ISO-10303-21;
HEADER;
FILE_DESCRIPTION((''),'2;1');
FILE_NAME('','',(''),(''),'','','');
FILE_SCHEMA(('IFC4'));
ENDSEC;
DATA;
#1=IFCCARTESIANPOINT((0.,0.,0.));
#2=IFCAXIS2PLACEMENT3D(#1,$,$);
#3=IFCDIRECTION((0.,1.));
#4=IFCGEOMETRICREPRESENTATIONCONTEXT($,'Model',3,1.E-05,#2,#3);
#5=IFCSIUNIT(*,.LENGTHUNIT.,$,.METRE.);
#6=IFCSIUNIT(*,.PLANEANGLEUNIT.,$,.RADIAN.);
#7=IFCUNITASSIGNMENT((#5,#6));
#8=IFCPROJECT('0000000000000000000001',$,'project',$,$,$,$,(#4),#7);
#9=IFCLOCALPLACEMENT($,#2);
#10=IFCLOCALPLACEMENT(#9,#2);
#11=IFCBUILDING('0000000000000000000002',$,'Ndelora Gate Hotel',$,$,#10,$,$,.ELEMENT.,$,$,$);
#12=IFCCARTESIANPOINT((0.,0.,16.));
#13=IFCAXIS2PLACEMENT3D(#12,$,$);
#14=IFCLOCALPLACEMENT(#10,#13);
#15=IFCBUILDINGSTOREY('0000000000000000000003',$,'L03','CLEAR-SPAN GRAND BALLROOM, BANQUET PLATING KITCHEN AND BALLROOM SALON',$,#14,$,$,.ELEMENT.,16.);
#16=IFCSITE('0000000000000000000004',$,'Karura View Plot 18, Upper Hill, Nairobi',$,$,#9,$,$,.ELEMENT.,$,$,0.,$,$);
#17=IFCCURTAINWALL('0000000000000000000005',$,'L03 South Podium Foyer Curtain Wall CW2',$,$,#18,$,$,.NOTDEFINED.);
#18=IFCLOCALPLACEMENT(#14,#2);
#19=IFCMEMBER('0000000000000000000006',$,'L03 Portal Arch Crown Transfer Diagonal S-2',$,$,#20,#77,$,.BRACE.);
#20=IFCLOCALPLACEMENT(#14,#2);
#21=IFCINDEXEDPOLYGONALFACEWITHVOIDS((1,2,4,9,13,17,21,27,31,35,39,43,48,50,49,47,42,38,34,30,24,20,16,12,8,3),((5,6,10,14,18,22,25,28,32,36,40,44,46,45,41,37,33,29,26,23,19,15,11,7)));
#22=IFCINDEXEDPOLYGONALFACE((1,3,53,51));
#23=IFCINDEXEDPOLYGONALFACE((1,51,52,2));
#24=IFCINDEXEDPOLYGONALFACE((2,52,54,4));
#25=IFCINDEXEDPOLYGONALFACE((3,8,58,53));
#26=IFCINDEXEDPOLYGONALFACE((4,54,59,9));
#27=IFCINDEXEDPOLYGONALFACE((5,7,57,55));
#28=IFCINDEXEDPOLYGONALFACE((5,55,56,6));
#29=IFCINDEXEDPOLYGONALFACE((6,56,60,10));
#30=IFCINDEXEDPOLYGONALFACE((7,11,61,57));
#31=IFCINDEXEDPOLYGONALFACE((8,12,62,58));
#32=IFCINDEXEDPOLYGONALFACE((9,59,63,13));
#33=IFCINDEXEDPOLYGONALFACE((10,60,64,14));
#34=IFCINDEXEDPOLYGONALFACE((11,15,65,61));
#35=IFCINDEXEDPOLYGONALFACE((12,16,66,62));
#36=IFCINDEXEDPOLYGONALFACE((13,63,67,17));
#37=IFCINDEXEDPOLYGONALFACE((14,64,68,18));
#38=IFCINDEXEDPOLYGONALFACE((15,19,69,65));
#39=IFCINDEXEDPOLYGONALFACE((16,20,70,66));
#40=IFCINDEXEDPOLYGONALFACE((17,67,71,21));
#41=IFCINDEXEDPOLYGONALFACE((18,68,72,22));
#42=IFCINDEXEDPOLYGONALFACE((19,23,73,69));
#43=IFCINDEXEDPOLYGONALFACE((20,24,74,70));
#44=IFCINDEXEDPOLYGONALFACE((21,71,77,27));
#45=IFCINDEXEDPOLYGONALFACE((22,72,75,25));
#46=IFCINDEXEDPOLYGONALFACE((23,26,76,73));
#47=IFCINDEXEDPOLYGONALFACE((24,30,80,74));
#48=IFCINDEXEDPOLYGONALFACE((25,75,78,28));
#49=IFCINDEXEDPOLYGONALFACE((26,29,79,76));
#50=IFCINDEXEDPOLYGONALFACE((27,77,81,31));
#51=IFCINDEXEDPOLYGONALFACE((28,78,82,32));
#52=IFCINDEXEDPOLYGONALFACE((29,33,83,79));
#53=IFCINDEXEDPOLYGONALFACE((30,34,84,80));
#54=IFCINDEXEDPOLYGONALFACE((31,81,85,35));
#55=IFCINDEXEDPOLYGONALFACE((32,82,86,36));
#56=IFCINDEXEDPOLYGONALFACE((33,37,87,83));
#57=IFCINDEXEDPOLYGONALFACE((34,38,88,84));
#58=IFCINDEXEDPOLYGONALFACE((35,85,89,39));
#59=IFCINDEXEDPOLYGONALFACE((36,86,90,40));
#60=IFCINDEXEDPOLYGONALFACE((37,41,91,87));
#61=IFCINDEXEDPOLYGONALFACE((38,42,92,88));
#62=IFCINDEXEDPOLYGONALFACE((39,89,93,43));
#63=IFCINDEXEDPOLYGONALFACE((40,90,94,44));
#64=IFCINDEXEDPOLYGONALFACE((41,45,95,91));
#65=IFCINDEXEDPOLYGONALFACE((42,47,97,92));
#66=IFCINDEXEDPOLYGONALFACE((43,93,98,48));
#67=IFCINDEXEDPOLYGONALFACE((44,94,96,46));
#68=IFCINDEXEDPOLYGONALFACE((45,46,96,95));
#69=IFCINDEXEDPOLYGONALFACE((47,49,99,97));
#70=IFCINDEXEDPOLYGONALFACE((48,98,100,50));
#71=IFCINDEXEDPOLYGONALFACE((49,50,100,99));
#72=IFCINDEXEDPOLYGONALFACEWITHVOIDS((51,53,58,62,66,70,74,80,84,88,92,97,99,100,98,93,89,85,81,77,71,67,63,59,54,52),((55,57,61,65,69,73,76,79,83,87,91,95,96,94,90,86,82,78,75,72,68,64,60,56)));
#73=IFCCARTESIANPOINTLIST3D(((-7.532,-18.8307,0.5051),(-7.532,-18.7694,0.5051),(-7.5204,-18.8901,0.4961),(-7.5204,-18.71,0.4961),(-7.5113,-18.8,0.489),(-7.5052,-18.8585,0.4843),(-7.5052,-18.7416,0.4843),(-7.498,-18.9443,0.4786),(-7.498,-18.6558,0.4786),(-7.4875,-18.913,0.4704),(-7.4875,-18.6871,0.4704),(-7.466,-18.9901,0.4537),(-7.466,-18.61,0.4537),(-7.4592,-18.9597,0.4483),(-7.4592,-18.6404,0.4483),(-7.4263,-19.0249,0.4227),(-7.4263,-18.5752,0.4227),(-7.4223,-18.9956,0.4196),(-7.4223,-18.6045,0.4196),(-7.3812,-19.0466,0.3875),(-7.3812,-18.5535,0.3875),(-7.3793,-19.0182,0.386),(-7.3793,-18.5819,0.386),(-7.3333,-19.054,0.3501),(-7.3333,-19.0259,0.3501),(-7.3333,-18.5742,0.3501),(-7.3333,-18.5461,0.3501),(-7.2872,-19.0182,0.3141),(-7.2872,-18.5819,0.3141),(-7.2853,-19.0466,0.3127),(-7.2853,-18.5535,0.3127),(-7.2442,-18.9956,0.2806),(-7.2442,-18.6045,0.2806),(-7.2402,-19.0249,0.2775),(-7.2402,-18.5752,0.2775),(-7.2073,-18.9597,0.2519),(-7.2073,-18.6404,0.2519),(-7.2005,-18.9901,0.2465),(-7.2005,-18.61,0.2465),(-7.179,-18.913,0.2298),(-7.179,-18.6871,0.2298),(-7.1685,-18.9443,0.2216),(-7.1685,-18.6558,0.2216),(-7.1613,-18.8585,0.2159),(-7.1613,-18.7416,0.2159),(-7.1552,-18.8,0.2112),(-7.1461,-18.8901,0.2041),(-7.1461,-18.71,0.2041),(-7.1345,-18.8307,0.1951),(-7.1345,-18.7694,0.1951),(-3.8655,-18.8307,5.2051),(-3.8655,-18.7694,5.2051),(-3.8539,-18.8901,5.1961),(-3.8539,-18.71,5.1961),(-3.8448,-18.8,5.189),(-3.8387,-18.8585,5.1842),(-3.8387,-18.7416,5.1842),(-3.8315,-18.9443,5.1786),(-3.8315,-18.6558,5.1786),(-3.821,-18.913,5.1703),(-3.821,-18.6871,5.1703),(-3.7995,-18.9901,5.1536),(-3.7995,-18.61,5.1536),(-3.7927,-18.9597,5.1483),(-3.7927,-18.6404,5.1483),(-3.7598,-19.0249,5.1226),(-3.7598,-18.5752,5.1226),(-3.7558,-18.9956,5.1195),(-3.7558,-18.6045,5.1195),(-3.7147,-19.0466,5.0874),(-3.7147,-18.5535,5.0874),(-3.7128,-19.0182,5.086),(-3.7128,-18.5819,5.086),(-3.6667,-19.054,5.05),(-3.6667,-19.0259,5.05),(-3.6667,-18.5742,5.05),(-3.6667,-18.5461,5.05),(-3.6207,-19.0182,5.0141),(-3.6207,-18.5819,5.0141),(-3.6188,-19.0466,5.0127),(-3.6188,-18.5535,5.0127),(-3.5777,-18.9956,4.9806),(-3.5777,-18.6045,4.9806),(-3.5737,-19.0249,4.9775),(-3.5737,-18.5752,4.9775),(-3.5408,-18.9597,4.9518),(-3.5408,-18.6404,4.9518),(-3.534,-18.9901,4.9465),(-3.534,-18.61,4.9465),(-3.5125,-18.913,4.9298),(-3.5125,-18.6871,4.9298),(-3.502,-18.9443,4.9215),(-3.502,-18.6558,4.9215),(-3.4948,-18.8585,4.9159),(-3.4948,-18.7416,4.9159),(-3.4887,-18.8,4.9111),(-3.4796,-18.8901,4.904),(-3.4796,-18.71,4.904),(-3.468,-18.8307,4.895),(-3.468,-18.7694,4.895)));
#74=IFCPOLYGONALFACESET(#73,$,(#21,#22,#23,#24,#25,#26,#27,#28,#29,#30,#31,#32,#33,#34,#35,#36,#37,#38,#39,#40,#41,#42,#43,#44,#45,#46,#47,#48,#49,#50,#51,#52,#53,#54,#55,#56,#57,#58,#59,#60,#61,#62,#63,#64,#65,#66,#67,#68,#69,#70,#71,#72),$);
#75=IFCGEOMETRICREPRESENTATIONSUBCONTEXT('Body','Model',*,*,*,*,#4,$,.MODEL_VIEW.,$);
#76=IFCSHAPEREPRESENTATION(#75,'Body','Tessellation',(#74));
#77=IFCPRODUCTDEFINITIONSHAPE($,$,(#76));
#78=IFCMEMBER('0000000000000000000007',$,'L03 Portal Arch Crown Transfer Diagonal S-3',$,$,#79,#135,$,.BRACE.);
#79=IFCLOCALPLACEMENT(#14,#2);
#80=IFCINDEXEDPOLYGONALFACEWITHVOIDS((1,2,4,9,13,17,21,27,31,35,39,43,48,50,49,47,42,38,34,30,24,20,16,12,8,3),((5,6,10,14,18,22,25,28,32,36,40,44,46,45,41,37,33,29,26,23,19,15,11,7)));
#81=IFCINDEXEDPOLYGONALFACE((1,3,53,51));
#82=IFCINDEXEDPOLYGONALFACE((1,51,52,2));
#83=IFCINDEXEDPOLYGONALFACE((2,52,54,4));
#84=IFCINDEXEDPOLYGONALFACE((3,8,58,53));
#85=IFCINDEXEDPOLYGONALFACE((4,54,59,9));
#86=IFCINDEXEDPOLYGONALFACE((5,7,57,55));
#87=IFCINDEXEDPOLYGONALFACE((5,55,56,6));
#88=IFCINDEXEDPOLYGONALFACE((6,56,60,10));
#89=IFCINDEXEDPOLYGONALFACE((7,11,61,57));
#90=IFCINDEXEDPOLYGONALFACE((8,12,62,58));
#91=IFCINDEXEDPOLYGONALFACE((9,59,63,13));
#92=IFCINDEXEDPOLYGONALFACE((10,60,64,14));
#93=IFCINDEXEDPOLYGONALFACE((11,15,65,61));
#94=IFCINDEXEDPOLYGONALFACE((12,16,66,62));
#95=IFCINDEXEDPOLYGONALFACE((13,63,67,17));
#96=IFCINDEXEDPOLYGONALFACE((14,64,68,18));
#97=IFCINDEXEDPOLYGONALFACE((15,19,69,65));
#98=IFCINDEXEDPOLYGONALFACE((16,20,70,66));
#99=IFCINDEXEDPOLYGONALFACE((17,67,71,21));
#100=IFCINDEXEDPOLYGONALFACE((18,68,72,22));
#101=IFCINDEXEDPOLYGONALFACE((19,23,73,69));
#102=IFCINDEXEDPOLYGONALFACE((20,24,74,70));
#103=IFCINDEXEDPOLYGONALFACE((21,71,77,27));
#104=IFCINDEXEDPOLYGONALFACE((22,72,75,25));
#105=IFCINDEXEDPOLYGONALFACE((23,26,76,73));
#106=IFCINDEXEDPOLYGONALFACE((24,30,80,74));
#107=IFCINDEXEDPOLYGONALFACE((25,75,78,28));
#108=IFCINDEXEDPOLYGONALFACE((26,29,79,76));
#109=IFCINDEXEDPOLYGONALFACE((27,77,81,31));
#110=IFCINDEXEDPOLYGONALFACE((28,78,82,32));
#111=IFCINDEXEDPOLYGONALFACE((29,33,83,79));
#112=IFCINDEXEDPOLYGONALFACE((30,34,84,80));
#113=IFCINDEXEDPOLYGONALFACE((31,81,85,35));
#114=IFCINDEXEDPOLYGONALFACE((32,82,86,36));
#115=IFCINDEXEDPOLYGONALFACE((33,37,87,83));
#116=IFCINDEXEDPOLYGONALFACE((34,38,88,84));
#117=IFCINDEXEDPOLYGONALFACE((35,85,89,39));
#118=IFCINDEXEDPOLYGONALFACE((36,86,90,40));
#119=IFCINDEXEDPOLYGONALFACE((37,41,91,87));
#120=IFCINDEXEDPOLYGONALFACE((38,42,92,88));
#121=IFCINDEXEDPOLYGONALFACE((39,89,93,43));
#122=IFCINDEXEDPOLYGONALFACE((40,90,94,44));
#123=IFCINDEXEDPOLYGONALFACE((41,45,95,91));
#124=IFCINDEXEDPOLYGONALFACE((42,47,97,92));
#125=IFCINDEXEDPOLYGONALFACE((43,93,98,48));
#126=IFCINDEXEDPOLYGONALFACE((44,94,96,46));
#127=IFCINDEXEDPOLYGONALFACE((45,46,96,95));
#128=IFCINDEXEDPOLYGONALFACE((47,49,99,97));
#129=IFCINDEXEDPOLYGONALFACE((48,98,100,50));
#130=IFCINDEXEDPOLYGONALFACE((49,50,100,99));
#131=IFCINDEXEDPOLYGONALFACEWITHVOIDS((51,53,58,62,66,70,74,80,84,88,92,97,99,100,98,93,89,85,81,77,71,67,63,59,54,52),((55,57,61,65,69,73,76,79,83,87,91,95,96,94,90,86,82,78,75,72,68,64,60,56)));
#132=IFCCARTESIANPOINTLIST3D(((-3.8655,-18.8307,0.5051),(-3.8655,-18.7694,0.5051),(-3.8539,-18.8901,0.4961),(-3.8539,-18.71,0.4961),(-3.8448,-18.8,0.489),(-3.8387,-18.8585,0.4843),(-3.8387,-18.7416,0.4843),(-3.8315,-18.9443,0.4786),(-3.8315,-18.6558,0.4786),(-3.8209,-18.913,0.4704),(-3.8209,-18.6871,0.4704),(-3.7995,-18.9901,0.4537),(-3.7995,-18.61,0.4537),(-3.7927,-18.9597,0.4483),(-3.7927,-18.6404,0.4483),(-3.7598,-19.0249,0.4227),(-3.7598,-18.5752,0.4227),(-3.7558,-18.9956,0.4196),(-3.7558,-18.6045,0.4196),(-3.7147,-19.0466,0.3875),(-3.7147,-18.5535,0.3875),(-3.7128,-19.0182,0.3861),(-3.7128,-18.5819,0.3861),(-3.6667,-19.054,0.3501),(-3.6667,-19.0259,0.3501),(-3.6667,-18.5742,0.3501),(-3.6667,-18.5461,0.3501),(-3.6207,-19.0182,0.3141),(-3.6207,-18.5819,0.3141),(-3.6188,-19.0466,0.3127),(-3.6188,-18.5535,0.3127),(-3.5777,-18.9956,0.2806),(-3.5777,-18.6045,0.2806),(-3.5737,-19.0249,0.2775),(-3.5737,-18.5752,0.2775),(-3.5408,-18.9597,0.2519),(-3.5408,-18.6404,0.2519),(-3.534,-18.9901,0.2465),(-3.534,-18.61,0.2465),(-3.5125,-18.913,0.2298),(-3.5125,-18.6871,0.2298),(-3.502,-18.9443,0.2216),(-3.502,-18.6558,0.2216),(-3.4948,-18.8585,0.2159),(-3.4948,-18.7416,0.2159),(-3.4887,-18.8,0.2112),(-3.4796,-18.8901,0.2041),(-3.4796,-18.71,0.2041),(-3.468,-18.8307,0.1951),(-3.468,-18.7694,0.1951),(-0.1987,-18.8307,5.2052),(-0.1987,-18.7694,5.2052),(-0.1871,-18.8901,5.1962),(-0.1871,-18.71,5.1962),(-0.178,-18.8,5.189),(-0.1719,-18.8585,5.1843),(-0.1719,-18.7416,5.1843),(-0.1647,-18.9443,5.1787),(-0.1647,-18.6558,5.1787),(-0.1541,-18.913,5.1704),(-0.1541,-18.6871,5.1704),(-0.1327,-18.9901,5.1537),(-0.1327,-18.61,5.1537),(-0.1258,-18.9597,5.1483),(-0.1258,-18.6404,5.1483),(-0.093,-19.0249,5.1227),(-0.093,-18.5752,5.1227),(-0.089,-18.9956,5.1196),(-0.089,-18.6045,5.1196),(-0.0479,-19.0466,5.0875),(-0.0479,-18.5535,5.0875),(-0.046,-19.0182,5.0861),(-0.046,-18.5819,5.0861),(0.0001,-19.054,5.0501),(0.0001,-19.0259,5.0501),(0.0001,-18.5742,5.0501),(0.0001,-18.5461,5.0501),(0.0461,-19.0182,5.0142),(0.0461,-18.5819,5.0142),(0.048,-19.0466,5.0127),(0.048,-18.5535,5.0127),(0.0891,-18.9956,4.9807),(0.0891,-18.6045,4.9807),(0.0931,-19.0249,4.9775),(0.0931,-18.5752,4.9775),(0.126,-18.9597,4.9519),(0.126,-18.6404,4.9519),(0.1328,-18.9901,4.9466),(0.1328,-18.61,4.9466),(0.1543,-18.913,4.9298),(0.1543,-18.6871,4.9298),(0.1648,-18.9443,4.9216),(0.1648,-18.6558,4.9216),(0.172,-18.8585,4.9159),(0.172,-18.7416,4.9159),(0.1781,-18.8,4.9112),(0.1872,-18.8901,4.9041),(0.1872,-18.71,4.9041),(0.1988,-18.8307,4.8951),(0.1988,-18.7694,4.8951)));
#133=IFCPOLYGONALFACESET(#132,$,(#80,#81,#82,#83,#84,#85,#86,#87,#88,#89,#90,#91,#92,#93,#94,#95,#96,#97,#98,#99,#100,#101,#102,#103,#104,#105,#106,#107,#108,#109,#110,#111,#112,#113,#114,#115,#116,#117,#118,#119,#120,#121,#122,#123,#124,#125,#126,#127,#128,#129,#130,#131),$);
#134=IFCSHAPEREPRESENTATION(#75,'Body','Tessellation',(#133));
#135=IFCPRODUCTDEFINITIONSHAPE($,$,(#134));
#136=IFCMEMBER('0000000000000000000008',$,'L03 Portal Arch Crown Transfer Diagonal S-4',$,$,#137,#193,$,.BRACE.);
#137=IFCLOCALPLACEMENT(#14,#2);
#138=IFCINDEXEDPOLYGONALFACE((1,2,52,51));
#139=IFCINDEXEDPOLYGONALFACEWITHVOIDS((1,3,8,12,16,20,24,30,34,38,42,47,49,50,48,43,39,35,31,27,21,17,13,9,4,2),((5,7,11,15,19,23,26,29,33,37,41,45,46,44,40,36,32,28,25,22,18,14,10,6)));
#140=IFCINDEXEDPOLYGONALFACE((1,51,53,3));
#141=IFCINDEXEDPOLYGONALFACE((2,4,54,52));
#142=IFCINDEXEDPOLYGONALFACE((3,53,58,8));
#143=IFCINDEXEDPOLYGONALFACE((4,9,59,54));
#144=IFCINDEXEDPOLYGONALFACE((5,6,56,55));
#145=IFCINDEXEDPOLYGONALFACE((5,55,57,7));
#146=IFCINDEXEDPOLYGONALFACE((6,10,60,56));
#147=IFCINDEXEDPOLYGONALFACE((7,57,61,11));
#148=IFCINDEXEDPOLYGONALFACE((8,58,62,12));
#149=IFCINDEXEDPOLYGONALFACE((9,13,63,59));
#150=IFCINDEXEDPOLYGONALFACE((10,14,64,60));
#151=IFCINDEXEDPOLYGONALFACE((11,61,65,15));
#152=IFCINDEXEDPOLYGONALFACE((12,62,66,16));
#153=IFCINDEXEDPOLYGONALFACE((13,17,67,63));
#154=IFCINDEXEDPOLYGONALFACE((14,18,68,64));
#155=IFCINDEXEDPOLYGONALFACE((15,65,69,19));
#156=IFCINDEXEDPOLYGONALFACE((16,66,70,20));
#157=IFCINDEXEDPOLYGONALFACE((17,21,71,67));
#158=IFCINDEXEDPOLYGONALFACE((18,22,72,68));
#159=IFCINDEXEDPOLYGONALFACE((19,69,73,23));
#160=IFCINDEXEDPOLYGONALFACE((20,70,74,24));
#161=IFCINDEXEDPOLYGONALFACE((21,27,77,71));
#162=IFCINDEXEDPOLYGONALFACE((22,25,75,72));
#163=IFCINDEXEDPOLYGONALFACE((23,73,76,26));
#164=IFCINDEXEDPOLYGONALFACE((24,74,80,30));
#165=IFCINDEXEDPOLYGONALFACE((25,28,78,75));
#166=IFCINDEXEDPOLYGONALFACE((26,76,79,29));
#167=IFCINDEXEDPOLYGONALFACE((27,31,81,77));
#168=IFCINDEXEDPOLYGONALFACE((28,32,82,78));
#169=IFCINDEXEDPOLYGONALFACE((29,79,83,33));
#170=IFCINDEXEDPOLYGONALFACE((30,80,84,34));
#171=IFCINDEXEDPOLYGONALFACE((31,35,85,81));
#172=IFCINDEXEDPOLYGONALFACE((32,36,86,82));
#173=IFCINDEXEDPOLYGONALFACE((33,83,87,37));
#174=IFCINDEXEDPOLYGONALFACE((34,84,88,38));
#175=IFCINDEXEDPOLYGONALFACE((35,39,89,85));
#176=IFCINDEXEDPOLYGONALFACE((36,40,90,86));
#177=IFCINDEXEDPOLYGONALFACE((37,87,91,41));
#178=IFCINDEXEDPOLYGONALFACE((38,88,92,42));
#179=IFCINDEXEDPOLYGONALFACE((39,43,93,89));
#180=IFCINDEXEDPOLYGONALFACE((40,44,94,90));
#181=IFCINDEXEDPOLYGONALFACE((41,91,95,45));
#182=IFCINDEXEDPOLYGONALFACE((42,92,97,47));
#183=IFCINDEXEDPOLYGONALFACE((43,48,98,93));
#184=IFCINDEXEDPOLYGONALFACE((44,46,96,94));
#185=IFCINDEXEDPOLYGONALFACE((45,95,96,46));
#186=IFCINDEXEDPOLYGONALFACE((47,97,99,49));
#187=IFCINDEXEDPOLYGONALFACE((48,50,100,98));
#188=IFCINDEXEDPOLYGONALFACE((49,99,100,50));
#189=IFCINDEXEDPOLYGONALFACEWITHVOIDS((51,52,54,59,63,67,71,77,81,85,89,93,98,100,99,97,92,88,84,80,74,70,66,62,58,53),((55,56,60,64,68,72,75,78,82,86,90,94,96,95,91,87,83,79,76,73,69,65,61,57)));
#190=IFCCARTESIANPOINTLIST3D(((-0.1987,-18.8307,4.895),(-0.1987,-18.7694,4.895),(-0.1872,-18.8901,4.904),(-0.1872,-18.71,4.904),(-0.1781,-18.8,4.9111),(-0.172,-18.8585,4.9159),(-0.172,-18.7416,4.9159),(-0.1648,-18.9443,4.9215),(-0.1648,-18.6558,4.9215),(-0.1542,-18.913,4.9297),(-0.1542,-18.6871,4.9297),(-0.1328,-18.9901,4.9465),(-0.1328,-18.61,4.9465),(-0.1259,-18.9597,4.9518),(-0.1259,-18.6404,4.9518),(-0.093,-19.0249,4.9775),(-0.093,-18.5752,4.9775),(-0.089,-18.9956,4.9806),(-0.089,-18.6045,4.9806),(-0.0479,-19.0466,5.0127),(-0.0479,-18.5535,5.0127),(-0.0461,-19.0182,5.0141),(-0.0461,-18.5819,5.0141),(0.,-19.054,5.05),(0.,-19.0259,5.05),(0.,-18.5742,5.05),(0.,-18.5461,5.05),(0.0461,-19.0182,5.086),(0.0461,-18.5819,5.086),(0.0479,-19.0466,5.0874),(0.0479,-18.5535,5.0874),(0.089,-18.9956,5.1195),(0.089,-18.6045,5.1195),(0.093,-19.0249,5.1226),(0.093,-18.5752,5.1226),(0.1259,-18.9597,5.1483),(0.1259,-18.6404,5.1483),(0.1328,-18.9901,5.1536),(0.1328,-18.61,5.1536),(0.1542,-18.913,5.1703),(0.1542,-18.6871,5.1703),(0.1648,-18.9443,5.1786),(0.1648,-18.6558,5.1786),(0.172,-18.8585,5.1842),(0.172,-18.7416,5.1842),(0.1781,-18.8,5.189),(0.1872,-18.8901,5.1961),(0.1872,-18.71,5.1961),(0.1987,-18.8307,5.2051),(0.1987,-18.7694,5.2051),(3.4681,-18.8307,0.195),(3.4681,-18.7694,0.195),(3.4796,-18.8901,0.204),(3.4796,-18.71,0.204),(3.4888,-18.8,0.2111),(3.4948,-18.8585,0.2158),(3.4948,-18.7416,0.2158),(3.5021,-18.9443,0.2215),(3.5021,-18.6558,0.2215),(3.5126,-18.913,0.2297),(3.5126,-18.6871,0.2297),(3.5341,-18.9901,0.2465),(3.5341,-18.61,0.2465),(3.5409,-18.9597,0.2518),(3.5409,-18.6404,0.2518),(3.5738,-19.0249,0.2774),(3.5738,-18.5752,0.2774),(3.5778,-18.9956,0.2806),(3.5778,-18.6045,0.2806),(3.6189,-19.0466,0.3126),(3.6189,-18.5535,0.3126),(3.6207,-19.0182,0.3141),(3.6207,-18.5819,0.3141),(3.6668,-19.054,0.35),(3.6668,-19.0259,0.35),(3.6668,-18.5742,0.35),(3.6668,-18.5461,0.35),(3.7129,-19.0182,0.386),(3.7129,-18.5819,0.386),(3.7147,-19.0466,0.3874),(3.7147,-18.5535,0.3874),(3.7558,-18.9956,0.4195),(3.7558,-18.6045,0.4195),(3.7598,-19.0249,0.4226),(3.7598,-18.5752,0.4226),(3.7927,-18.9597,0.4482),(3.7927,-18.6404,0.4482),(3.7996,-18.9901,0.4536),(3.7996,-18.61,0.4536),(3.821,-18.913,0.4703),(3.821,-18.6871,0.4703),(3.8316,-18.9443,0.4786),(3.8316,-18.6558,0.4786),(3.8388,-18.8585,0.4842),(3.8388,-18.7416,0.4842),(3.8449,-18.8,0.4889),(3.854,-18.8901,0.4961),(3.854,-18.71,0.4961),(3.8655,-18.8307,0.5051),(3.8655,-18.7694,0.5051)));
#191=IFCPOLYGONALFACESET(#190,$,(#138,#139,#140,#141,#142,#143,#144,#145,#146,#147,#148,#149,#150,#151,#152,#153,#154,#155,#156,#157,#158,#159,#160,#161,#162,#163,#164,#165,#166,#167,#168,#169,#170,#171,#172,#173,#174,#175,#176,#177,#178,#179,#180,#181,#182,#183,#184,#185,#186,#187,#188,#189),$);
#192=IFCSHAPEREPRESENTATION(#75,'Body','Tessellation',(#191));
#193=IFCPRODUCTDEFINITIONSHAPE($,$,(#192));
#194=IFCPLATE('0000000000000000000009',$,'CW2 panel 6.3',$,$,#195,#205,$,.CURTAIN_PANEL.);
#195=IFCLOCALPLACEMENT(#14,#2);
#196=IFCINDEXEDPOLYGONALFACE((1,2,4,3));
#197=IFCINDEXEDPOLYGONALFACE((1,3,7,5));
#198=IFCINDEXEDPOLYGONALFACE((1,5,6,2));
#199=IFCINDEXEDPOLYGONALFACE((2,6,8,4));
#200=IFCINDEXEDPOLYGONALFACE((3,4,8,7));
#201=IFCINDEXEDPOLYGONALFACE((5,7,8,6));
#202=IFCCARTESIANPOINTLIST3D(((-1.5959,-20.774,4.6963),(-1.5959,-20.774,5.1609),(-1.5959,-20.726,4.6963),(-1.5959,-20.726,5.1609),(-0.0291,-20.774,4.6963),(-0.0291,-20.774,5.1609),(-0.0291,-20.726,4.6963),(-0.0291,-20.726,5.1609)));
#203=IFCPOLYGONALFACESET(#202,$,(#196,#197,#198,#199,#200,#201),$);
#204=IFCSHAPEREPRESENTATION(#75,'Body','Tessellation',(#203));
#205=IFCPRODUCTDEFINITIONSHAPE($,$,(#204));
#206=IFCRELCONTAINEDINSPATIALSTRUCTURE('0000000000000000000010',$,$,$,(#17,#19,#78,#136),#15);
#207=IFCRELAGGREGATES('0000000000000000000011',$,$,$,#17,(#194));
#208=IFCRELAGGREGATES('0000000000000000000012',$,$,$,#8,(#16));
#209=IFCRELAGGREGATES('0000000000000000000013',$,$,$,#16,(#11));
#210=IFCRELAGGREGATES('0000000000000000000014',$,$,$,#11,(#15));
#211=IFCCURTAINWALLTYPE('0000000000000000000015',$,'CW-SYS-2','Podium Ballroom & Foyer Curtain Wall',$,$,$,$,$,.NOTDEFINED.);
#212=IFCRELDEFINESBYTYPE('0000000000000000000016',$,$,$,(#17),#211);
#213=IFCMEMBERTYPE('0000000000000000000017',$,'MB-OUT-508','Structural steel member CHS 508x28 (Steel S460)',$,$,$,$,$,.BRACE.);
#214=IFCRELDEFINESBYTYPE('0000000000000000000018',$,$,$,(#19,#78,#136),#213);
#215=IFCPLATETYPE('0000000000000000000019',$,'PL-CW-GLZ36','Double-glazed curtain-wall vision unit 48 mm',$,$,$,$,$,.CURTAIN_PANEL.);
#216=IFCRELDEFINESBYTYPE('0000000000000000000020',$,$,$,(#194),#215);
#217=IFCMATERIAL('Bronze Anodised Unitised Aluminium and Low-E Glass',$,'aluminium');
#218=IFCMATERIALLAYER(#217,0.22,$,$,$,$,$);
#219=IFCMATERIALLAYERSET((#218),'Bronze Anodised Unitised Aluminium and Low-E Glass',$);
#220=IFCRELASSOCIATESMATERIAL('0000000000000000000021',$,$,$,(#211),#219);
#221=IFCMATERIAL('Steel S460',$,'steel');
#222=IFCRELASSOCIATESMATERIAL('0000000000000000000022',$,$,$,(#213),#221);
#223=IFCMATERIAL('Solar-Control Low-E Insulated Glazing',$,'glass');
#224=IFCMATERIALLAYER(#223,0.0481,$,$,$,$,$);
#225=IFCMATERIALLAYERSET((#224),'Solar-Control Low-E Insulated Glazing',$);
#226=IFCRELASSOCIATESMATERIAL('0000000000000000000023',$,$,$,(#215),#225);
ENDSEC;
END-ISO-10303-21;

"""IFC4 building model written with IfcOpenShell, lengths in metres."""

from ifc_helpers import new_model, si_unit, direction, frame, origin, origin_2d, place, context, subcontext, project, spatial, rectangle, hollow_circle, extrude, material, layer, layer_set, material_profile, profile_set, type_object, element, aggregate, save


model = new_model("IFC4")

# Units and contexts
model_context = context("Model", 3, precision=1e-05, world=origin(), true_north=direction((0.0, 1.0)))
body_context = subcontext(model_context, "Body", "Model", "MODEL_VIEW")
ifc_project = project(units=[si_unit("LENGTHUNIT", "METRE"), si_unit("PLANEANGLEUNIT", "RADIAN")], contexts=[model_context])

# Site, building, storey
site_placement = place(None, origin())
site = spatial("IfcSite", under=ifc_project, at=site_placement, Name="Karura View Plot 18, Upper Hill, Nairobi", CompositionType="ELEMENT", RefElevation=0.0)
building_placement = place(site_placement, origin())
building = spatial("IfcBuilding", under=site, at=building_placement, Name="Ndelora Gate Hotel", CompositionType="ELEMENT")
storey_placement = place(building_placement, frame((0.0, 0.0, 16.0)))
storey = spatial("IfcBuildingStorey", under=building, at=storey_placement, Name="L03", Description="CLEAR-SPAN GRAND BALLROOM, BANQUET PLATING KITCHEN AND BALLROOM SALON", CompositionType="ELEMENT", Elevation=16.0)

# Curtain wall
ifc_material_1 = material(Name="Bronze Anodised Unitised Aluminium and Low-E Glass", Category="aluminium")
ifc_layer_1 = layer(ifc_material_1, 0.22)
ifc_layer_set_1 = layer_set([ifc_layer_1], Name="Bronze Anodised Unitised Aluminium and Low-E Glass")
curtain_wall_type = type_object("IfcCurtainWallType", Name="CW-SYS-2", Description="Podium Ballroom & Foyer Curtain Wall", PredefinedType="NOTDEFINED", material=ifc_layer_set_1)
curtain_wall_placement = place(storey_placement, origin())
curtain_wall = element("IfcCurtainWall", 1, at=curtain_wall_placement, inside=storey, type_object=curtain_wall_type, Name="L03 South Podium Foyer Curtain Wall CW2", PredefinedType="NOTDEFINED")

# Members
ifc_material_2 = material(Name="Steel S460", Category="steel")
ifc_material_profile_1 = material_profile(ifc_material_2, hollow_circle(Radius=0.2539, WallThickness=0.0281, at=origin_2d()), Name="CHS 508x28")
ifc_profile_set_1 = profile_set([ifc_material_profile_1], Name="Steel S460")
member_type_1 = type_object("IfcMemberType", Name="MB-OUT-508", Description="Structural steel member CHS 508x28 (Steel S460)", PredefinedType="BRACE", material=ifc_profile_set_1)
member_1_placement = place(storey_placement, frame((-7.3333, -18.8, 0.3501), z_axis=(0.615088, 0.0, 0.788458), x_axis=(0.0, 1.0, 0.0)))
element("IfcMember", 2, at=member_1_placement, inside=storey, type_object=member_type_1, Name="L03 Portal Arch Crown Transfer Diagonal S-2", PredefinedType="BRACE", context=body_context, shape_type="SweptSolid", body=[
    extrude(hollow_circle(Radius=0.2539, WallThickness=0.0281, at=origin_2d()), origin(), (0.0, 0.0, 1.0), 5.9609),
])
for number, where, z_axis, x_axis, name in (
    (3, (-3.6667, -18.8, 0.3501), (0.615114, 0.0, 0.788438), (0.0, 1.0, 0.0), "L03 Portal Arch Crown Transfer Diagonal S-3"),
    (4, (0.0, -18.8, 5.05), (0.615114, 0.0, -0.788438), (0.0, 1.0, 0.0), "L03 Portal Arch Crown Transfer Diagonal S-4"),
):
    element("IfcMember", number, at=place(storey_placement, frame(where, z_axis=z_axis, x_axis=x_axis)), inside=storey, type_object=member_type_1, Name=name, PredefinedType="BRACE", context=body_context, shape_type="SweptSolid", body=[
        extrude(hollow_circle(Radius=0.2539, WallThickness=0.0281, at=origin_2d()), origin(), (0.0, 0.0, 1.0), 5.9612),
    ])

# Plate
ifc_material_3 = material(Name="Solar-Control Low-E Insulated Glazing", Category="glass")
ifc_layer_2 = layer(ifc_material_3, 0.0481)
ifc_layer_set_2 = layer_set([ifc_layer_2], Name="Solar-Control Low-E Insulated Glazing")
plate_type_1 = type_object("IfcPlateType", Name="PL-CW-GLZ36", Description="Double-glazed curtain-wall vision unit 48 mm", PredefinedType="CURTAIN_PANEL", material=ifc_layer_set_2)
plate_placement = place(storey_placement, frame((-0.8125, -20.75, 4.6963), z_axis=(0.0, 0.0, 1.0), x_axis=(1.0, 0.0, 0.0)))
plate = element("IfcPlate", 5, at=plate_placement, type_object=plate_type_1, Name="CW2 panel 6.3", PredefinedType="CURTAIN_PANEL", context=body_context, shape_type="SweptSolid", body=[
    extrude(rectangle(XDim=1.5669, YDim=0.0481, at=origin_2d()), origin(), (0.0, 0.0, 1.0), 0.4646),
])
aggregate(curtain_wall, [plate])

save(model, "model.ifc")
